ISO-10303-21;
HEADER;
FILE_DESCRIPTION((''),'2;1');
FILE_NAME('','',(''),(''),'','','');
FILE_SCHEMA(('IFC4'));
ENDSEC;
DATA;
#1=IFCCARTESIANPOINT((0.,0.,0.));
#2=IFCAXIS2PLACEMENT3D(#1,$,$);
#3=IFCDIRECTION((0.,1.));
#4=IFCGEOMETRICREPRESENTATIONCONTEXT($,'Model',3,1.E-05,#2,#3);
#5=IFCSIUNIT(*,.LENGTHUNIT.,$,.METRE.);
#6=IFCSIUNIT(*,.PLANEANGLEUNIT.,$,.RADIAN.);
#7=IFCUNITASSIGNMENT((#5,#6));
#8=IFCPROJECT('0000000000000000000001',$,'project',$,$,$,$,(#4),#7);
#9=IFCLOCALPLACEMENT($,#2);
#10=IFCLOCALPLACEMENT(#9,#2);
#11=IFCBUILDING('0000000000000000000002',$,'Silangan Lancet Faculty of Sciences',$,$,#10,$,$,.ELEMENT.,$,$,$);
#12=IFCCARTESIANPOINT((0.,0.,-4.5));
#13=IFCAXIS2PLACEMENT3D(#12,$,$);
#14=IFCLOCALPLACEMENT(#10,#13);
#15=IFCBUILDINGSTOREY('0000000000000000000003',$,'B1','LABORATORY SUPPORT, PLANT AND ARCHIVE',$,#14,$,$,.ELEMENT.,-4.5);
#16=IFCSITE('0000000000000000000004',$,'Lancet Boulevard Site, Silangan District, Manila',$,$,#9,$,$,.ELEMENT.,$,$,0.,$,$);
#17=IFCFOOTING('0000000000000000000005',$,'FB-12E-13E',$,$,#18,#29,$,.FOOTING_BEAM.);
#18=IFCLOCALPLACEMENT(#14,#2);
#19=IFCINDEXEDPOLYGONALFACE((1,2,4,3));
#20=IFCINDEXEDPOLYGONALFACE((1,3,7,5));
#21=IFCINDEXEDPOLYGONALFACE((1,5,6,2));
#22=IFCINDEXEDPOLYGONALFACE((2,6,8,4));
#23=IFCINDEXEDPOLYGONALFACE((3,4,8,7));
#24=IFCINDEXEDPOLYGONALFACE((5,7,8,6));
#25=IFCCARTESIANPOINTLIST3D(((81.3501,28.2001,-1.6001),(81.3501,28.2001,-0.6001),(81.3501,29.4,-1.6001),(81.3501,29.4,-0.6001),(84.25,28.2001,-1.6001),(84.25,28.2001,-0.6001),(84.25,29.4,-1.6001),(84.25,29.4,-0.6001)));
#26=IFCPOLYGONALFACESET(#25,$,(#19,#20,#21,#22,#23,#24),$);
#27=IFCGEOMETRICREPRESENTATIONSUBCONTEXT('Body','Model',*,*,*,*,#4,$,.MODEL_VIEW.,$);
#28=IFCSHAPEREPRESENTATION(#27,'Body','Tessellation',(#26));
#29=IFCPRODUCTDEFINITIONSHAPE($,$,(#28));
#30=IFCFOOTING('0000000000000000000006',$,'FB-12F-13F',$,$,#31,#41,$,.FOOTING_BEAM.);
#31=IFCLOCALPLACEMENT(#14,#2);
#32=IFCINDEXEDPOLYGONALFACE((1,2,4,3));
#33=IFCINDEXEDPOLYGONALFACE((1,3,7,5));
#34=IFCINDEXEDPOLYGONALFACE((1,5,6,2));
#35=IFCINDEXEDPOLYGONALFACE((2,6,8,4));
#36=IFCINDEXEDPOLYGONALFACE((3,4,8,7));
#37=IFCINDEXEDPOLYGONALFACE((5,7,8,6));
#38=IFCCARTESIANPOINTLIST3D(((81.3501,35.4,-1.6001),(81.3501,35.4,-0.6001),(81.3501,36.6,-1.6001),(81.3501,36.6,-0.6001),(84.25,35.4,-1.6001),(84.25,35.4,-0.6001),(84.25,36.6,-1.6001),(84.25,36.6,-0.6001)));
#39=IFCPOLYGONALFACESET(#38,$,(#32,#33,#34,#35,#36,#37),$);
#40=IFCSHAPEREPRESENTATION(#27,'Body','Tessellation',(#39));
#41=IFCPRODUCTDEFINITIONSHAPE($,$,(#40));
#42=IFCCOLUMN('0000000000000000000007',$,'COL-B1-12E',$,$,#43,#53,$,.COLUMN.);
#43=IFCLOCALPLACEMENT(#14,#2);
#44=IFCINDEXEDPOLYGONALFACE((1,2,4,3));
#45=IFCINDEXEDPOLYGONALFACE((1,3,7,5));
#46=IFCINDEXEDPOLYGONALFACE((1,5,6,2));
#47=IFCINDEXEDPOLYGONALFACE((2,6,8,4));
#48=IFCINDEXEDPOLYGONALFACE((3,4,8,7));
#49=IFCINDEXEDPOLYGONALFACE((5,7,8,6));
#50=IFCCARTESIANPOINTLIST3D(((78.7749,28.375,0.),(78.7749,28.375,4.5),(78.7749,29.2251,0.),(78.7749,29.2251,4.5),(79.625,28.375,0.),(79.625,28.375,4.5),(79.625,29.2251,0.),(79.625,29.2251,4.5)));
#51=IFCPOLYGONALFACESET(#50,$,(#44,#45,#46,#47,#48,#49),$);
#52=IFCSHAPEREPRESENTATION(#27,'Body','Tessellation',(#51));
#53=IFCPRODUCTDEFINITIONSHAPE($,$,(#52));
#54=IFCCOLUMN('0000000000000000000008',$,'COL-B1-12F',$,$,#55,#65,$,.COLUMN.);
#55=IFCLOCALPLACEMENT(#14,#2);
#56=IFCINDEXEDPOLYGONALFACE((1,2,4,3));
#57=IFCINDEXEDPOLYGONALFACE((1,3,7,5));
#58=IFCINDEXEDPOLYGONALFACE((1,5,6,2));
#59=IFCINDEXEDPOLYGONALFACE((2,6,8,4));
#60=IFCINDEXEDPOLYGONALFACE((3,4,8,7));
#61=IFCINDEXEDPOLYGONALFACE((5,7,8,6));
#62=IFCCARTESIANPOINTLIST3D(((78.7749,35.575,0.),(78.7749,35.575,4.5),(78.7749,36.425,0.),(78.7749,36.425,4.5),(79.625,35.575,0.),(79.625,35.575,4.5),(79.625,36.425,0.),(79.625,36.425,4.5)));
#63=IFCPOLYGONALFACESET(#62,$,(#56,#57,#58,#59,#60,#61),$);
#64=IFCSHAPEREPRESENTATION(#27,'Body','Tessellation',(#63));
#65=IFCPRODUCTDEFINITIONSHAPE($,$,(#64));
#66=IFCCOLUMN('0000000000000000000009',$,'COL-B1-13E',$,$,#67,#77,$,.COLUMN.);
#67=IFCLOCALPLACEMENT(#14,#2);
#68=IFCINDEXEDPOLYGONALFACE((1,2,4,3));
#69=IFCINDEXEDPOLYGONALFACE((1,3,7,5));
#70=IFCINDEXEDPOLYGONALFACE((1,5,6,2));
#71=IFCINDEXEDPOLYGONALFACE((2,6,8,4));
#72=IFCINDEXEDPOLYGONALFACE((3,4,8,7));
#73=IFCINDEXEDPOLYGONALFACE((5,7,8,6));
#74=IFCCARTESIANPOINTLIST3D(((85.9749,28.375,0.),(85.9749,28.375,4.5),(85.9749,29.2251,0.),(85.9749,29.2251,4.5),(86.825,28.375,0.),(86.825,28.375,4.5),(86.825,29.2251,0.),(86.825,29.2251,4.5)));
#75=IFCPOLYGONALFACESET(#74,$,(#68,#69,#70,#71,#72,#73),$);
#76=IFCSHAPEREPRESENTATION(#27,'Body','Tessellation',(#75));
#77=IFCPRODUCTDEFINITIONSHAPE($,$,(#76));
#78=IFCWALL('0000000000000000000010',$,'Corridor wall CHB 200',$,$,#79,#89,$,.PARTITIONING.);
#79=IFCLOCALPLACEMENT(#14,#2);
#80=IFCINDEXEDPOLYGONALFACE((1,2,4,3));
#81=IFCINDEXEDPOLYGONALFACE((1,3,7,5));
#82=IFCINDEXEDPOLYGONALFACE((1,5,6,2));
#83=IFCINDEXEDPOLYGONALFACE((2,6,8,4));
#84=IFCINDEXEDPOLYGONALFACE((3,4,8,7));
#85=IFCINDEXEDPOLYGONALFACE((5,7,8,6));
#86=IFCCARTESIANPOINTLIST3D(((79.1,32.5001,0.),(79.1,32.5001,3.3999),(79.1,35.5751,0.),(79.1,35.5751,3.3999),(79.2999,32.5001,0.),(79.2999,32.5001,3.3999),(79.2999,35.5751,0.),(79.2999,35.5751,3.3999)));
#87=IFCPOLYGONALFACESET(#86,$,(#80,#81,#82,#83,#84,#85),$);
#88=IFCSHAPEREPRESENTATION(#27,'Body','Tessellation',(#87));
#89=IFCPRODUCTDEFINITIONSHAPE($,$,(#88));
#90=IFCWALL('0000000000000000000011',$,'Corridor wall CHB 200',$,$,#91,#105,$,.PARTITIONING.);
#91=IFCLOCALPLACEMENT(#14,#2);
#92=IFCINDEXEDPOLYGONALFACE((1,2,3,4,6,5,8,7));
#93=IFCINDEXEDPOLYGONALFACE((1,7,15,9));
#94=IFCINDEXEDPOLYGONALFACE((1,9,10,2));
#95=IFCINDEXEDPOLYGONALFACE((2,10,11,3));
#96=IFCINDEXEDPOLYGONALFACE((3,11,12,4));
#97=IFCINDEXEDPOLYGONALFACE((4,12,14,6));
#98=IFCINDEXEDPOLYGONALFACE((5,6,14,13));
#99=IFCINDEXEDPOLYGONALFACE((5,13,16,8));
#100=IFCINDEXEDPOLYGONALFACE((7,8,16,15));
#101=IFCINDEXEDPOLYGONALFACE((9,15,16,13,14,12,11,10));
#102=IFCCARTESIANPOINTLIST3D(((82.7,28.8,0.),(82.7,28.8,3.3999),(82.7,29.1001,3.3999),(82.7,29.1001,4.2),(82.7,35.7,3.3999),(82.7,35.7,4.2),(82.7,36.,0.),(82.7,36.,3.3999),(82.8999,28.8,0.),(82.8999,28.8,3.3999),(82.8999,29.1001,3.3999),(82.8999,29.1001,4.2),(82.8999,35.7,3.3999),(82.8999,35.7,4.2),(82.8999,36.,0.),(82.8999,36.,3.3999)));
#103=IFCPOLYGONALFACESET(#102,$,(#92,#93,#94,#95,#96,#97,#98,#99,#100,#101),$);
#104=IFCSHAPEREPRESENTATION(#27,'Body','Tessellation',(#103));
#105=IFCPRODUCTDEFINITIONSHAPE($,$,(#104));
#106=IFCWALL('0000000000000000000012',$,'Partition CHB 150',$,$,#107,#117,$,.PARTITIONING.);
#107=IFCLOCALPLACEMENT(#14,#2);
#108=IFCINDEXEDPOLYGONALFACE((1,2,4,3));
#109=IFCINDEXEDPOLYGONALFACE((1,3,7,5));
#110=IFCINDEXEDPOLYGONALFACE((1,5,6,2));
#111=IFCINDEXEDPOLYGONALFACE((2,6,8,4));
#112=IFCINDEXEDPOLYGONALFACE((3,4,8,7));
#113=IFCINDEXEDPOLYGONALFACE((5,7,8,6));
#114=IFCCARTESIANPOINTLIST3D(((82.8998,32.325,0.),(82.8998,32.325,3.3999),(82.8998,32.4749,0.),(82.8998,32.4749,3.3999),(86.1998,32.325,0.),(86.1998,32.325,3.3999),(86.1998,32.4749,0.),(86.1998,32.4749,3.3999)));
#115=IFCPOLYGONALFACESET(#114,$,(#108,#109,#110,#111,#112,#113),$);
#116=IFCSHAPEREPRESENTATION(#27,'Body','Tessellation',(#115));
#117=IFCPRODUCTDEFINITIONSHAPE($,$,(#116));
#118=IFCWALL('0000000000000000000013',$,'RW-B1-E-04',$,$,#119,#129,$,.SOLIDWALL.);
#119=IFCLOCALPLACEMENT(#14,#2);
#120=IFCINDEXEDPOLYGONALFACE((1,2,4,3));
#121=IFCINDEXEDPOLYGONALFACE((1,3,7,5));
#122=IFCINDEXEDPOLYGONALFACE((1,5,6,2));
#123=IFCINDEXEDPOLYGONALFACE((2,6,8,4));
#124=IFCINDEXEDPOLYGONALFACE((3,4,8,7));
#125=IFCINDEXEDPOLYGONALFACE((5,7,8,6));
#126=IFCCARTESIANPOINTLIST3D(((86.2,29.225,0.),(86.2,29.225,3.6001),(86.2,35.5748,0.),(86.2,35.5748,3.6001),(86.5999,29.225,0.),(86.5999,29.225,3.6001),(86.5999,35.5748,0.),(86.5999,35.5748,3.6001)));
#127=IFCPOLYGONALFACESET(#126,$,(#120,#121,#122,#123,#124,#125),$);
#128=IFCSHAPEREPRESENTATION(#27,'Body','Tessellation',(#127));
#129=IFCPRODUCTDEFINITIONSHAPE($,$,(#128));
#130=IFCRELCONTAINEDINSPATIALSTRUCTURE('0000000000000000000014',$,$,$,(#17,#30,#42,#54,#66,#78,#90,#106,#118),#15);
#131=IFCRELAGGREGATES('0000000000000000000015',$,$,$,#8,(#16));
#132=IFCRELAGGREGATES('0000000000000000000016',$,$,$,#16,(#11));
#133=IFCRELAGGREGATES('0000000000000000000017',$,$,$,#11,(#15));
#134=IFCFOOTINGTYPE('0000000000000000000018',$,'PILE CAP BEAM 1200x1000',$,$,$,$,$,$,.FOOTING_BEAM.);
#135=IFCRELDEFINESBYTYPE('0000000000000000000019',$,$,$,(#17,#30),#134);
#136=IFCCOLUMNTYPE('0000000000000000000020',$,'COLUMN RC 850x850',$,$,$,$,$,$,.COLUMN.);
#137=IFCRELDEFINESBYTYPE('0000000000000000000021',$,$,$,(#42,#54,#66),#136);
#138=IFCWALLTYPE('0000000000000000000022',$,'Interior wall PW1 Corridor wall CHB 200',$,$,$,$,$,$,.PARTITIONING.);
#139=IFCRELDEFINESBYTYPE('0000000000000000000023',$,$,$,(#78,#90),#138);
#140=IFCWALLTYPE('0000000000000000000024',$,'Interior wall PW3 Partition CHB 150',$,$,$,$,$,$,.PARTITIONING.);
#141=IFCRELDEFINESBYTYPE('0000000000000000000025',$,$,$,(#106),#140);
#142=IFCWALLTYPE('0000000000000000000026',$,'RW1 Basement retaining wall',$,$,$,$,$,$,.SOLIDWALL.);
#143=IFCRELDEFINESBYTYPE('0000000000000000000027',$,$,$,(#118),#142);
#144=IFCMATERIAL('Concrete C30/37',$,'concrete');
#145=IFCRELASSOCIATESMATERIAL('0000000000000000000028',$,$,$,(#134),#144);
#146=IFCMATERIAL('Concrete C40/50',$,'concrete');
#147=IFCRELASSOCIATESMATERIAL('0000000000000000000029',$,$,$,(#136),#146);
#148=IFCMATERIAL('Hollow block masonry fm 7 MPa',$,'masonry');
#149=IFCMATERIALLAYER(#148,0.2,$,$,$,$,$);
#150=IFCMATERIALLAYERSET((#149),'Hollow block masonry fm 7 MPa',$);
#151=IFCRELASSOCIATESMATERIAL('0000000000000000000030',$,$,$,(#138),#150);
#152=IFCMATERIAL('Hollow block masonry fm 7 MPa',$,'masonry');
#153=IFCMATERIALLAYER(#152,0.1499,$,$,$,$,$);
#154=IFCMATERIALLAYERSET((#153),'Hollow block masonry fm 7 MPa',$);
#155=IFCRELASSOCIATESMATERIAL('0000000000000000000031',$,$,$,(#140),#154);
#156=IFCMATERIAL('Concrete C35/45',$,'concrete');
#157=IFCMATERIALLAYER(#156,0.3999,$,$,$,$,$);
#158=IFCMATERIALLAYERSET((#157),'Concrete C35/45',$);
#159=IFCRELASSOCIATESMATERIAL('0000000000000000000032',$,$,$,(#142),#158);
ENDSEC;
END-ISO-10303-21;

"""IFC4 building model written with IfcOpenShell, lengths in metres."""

from ifc_helpers import new_model, si_unit, direction, frame, frame_2d, origin, origin_2d, place, context, subcontext, project, spatial, polyline, rectangle, outline, extrude, material, layer, layer_set, material_profile, profile_set, type_object, element, save


model = new_model("IFC4")

# Units and contexts
model_context = context("Model", 3, precision=1e-05, world=origin(), true_north=direction((0.0, 1.0)))
body_context = subcontext(model_context, "Body", "Model", "MODEL_VIEW")
ifc_project = project(units=[si_unit("LENGTHUNIT", "METRE"), si_unit("PLANEANGLEUNIT", "RADIAN")], contexts=[model_context])

# Site, building, storey
site_placement = place(None, origin())
site = spatial("IfcSite", under=ifc_project, at=site_placement, Name="Lancet Boulevard Site, Silangan District, Manila", CompositionType="ELEMENT", RefElevation=0.0)
building_placement = place(site_placement, origin())
building = spatial("IfcBuilding", under=site, at=building_placement, Name="Silangan Lancet Faculty of Sciences", CompositionType="ELEMENT")
storey_placement = place(building_placement, frame((0.0, 0.0, -4.5)))
storey = spatial("IfcBuildingStorey", under=building, at=storey_placement, Name="B1", Description="LABORATORY SUPPORT, PLANT AND ARCHIVE", CompositionType="ELEMENT", Elevation=-4.5)

# Footings
ifc_material_1 = material(Name="Concrete C30/37", Category="concrete")
footing_type_1 = type_object("IfcFootingType", Name="PILE CAP BEAM 1200x1000", PredefinedType="FOOTING_BEAM", material=ifc_material_1)
for number, where, z_axis, x_axis, name in (
    (1, (82.8, 28.8, -1.6001), (0.0, 0.0, 1.0), (1.0, 0.0, 0.0), "FB-12E-13E"),
    (2, (82.8, 36.0, -1.6001), (0.0, 0.0, 1.0), (1.0, 0.0, 0.0), "FB-12F-13F"),
):
    element("IfcFooting", number, at=place(storey_placement, frame(where, z_axis=z_axis, x_axis=x_axis)), inside=storey, type_object=footing_type_1, Name=name, PredefinedType="FOOTING_BEAM", context=body_context, shape_type="SweptSolid", body=[
        extrude(rectangle(XDim=2.8999, YDim=1.2, at=origin_2d()), origin(), (0.0, 0.0, 1.0), 1.0),
    ])

# Columns
ifc_material_2 = material(Name="Concrete C40/50", Category="concrete")
ifc_material_profile_1 = material_profile(ifc_material_2, rectangle(XDim=0.8501, YDim=0.8501, at=origin_2d()), Name="RC 850x850")
ifc_profile_set_1 = profile_set([ifc_material_profile_1], Name="Concrete C40/50")
column_type = type_object("IfcColumnType", Name="COLUMN RC 850x850", PredefinedType="COLUMN", material=ifc_profile_set_1)
for number, where, z_axis, x_axis, name in (
    (3, (79.2, 28.8, 0.0), (0.0, 0.0, 1.0), (1.0, 0.0, 0.0), "COL-B1-12E"),
    (4, (79.2, 36.0, 0.0), (0.0, 0.0, 1.0), (1.0, 0.0, 0.0), "COL-B1-12F"),
    (5, (86.3999, 28.8, 0.0), (0.0, 0.0, 1.0), (1.0, 0.0, 0.0), "COL-B1-13E"),
):
    element("IfcColumn", number, at=place(storey_placement, frame(where, z_axis=z_axis, x_axis=x_axis)), inside=storey, type_object=column_type, Name=name, PredefinedType="COLUMN", context=body_context, shape_type="SweptSolid", body=[
        extrude(rectangle(XDim=0.8501, YDim=0.8501, at=origin_2d()), origin(), (0.0, 0.0, 1.0), 4.5),
    ])

# Walls
ifc_material_3 = material(Name="Hollow block masonry fm 7 MPa", Category="masonry")
ifc_layer_1 = layer(ifc_material_3, 0.2)
ifc_layer_set_1 = layer_set([ifc_layer_1], Name="Hollow block masonry fm 7 MPa")
wall_type_1 = type_object("IfcWallType", Name="Interior wall PW1 Corridor wall CHB 200", PredefinedType="PARTITIONING", material=ifc_layer_set_1)
wall_1_placement = place(storey_placement, frame((79.2, 32.5, 0.0), z_axis=(0.0, 0.0, 1.0), x_axis=(0.0, 1.0, 0.0)))
element("IfcWall", 6, at=wall_1_placement, inside=storey, type_object=wall_type_1, Name="Corridor wall CHB 200", PredefinedType="PARTITIONING", context=body_context, shape_type="SweptSolid", body=[
    extrude(rectangle(XDim=3.075, YDim=0.2, at=frame_2d((1.5376, 0.0))), origin(), (0.0, 0.0, 1.0), 3.3999),
])
wall_2_placement = place(storey_placement, frame((82.8, 28.8, 0.0), z_axis=(0.0, 0.0, 1.0), x_axis=(0.0, 1.0, 0.0)))
element("IfcWall", 7, at=wall_2_placement, inside=storey, type_object=wall_type_1, Name="Corridor wall CHB 200", PredefinedType="PARTITIONING", context=body_context, shape_type="SweptSolid", body=[
    extrude(outline(polyline([(0.0, 0.0), (7.2, 0.0), (7.2, 3.3999), (6.8999, 3.3999), (6.8999, 4.2), (0.3, 4.2), (0.3, 3.3999), (0.0, 3.3999), (0.0, 0.0)])), frame((0.0, 0.1001, 0.0), z_axis=(0.0, -1.0, 0.0), x_axis=(1.0, 0.0, 0.0)), (0.0, 0.0, 1.0), 0.2),
])
ifc_material_4 = material(Name="Hollow block masonry fm 7 MPa", Category="masonry")
ifc_layer_2 = layer(ifc_material_4, 0.1499)
ifc_layer_set_2 = layer_set([ifc_layer_2], Name="Hollow block masonry fm 7 MPa")
wall_type_2 = type_object("IfcWallType", Name="Interior wall PW3 Partition CHB 150", PredefinedType="PARTITIONING", material=ifc_layer_set_2)
wall_3_placement = place(storey_placement, frame((82.8999, 32.3999, 0.0), z_axis=(0.0, 0.0, 1.0), x_axis=(1.0, 0.0, 0.0)))
element("IfcWall", 8, at=wall_3_placement, inside=storey, type_object=wall_type_2, Name="Partition CHB 150", PredefinedType="PARTITIONING", context=body_context, shape_type="SweptSolid", body=[
    extrude(rectangle(XDim=3.3, YDim=0.1499, at=frame_2d((1.6499, 0.0))), origin(), (0.0, 0.0, 1.0), 3.3999),
])
ifc_material_5 = material(Name="Concrete C35/45", Category="concrete")
ifc_layer_3 = layer(ifc_material_5, 0.3999)
ifc_layer_set_3 = layer_set([ifc_layer_3], Name="Concrete C35/45")
wall_type_3 = type_object("IfcWallType", Name="RW1 Basement retaining wall", PredefinedType="SOLIDWALL", material=ifc_layer_set_3)
wall_4_placement = place(storey_placement, frame((86.3999, 29.2251, 0.0), z_axis=(0.0, 0.0, 1.0), x_axis=(0.0, 1.0, 0.0)))
element("IfcWall", 9, at=wall_4_placement, inside=storey, type_object=wall_type_3, Name="RW-B1-E-04", PredefinedType="SOLIDWALL", context=body_context, shape_type="SweptSolid", body=[
    extrude(rectangle(XDim=6.3499, YDim=0.3999, at=frame_2d((3.1748, 0.0))), origin(), (0.0, 0.0, 1.0), 3.6001),
])

save(model, "model.ifc")
